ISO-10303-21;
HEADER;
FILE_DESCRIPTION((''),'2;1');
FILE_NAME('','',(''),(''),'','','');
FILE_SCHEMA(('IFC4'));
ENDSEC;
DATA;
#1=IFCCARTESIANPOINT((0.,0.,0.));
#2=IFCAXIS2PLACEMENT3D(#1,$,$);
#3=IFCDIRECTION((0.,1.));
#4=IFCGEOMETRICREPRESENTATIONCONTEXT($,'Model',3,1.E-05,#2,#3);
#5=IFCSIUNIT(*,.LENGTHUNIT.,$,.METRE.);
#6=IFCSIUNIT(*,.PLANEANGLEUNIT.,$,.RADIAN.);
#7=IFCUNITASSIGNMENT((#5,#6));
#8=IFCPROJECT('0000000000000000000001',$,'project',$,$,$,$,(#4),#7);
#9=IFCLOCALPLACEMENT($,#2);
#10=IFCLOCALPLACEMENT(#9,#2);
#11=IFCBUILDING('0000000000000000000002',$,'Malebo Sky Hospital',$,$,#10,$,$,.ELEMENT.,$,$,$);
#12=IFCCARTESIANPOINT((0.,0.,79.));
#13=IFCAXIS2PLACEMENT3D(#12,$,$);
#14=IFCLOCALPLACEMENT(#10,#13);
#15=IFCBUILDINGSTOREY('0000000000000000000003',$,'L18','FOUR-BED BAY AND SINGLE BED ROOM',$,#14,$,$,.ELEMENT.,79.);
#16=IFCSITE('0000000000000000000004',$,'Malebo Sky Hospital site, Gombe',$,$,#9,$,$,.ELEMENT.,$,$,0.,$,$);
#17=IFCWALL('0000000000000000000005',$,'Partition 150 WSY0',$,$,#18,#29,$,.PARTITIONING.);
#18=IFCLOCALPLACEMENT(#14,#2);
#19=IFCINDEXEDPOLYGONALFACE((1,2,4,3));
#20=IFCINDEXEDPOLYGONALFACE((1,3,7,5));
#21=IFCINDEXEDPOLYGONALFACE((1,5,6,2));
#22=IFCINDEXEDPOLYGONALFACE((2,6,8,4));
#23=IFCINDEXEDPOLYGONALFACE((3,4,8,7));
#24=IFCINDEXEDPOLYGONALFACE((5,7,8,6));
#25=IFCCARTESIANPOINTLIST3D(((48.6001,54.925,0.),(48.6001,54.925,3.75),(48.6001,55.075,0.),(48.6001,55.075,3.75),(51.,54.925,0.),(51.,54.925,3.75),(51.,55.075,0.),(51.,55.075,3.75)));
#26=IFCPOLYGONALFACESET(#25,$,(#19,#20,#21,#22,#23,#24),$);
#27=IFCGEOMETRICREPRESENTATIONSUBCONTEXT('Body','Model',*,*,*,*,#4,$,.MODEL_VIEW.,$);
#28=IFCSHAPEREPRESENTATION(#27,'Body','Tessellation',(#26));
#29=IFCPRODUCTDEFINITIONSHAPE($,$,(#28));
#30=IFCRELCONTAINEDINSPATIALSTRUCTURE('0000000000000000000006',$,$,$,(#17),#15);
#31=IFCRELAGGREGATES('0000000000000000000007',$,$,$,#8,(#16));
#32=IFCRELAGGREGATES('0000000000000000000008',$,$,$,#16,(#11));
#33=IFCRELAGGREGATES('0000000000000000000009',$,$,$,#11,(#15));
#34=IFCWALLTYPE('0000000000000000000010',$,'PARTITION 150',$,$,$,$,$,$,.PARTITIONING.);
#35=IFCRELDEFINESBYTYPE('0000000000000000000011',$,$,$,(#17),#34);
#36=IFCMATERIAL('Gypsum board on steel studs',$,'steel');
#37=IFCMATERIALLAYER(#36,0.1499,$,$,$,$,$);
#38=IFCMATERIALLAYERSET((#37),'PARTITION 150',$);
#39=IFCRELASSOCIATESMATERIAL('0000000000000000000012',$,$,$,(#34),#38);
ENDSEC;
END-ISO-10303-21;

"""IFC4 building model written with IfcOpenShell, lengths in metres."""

from ifc_helpers import new_model, si_unit, direction, frame, frame_2d, origin, place, context, subcontext, project, spatial, rectangle, extrude, material, layer, layer_set, type_object, element, save


model = new_model("IFC4")

# Units and contexts
model_context = context("Model", 3, precision=1e-05, world=origin(), true_north=direction((0.0, 1.0)))
body_context = subcontext(model_context, "Body", "Model", "MODEL_VIEW")
ifc_project = project(units=[si_unit("LENGTHUNIT", "METRE"), si_unit("PLANEANGLEUNIT", "RADIAN")], contexts=[model_context])

# Site, building, storey
site_placement = place(None, origin())
site = spatial("IfcSite", under=ifc_project, at=site_placement, Name="Malebo Sky Hospital site, Gombe", CompositionType="ELEMENT", RefElevation=0.0)
building_placement = place(site_placement, origin())
building = spatial("IfcBuilding", under=site, at=building_placement, Name="Malebo Sky Hospital", CompositionType="ELEMENT")
storey_placement = place(building_placement, frame((0.0, 0.0, 79.0)))
storey = spatial("IfcBuildingStorey", under=building, at=storey_placement, Name="L18", Description="FOUR-BED BAY AND SINGLE BED ROOM", CompositionType="ELEMENT", Elevation=79.0)

# Shared definitions
ifc_material_1 = material(Name="Gypsum board on steel studs", Category="steel")
ifc_layer_1 = layer(ifc_material_1, 0.1499)
ifc_layer_set_1 = layer_set([ifc_layer_1], Name="PARTITION 150")
wall_type_1 = type_object("IfcWallType", Name="PARTITION 150", PredefinedType="PARTITIONING", material=ifc_layer_set_1)

# Wall
wall_1_placement = place(storey_placement, frame((51.0, 55.0, 0.0), z_axis=(0.0, 0.0, 1.0), x_axis=(-1.0, 0.0, 0.0)))
element("IfcWall", 1, at=wall_1_placement, inside=storey, type_object=wall_type_1, Name="Partition 150 WSY0", PredefinedType="PARTITIONING", context=body_context, shape_type="SweptSolid", body=[
    extrude(rectangle(XDim=2.3999, YDim=0.1499, at=frame_2d((1.2, 0.0))), origin(), (0.0, 0.0, 1.0), 3.75),
])

save(model, "model.ifc")
